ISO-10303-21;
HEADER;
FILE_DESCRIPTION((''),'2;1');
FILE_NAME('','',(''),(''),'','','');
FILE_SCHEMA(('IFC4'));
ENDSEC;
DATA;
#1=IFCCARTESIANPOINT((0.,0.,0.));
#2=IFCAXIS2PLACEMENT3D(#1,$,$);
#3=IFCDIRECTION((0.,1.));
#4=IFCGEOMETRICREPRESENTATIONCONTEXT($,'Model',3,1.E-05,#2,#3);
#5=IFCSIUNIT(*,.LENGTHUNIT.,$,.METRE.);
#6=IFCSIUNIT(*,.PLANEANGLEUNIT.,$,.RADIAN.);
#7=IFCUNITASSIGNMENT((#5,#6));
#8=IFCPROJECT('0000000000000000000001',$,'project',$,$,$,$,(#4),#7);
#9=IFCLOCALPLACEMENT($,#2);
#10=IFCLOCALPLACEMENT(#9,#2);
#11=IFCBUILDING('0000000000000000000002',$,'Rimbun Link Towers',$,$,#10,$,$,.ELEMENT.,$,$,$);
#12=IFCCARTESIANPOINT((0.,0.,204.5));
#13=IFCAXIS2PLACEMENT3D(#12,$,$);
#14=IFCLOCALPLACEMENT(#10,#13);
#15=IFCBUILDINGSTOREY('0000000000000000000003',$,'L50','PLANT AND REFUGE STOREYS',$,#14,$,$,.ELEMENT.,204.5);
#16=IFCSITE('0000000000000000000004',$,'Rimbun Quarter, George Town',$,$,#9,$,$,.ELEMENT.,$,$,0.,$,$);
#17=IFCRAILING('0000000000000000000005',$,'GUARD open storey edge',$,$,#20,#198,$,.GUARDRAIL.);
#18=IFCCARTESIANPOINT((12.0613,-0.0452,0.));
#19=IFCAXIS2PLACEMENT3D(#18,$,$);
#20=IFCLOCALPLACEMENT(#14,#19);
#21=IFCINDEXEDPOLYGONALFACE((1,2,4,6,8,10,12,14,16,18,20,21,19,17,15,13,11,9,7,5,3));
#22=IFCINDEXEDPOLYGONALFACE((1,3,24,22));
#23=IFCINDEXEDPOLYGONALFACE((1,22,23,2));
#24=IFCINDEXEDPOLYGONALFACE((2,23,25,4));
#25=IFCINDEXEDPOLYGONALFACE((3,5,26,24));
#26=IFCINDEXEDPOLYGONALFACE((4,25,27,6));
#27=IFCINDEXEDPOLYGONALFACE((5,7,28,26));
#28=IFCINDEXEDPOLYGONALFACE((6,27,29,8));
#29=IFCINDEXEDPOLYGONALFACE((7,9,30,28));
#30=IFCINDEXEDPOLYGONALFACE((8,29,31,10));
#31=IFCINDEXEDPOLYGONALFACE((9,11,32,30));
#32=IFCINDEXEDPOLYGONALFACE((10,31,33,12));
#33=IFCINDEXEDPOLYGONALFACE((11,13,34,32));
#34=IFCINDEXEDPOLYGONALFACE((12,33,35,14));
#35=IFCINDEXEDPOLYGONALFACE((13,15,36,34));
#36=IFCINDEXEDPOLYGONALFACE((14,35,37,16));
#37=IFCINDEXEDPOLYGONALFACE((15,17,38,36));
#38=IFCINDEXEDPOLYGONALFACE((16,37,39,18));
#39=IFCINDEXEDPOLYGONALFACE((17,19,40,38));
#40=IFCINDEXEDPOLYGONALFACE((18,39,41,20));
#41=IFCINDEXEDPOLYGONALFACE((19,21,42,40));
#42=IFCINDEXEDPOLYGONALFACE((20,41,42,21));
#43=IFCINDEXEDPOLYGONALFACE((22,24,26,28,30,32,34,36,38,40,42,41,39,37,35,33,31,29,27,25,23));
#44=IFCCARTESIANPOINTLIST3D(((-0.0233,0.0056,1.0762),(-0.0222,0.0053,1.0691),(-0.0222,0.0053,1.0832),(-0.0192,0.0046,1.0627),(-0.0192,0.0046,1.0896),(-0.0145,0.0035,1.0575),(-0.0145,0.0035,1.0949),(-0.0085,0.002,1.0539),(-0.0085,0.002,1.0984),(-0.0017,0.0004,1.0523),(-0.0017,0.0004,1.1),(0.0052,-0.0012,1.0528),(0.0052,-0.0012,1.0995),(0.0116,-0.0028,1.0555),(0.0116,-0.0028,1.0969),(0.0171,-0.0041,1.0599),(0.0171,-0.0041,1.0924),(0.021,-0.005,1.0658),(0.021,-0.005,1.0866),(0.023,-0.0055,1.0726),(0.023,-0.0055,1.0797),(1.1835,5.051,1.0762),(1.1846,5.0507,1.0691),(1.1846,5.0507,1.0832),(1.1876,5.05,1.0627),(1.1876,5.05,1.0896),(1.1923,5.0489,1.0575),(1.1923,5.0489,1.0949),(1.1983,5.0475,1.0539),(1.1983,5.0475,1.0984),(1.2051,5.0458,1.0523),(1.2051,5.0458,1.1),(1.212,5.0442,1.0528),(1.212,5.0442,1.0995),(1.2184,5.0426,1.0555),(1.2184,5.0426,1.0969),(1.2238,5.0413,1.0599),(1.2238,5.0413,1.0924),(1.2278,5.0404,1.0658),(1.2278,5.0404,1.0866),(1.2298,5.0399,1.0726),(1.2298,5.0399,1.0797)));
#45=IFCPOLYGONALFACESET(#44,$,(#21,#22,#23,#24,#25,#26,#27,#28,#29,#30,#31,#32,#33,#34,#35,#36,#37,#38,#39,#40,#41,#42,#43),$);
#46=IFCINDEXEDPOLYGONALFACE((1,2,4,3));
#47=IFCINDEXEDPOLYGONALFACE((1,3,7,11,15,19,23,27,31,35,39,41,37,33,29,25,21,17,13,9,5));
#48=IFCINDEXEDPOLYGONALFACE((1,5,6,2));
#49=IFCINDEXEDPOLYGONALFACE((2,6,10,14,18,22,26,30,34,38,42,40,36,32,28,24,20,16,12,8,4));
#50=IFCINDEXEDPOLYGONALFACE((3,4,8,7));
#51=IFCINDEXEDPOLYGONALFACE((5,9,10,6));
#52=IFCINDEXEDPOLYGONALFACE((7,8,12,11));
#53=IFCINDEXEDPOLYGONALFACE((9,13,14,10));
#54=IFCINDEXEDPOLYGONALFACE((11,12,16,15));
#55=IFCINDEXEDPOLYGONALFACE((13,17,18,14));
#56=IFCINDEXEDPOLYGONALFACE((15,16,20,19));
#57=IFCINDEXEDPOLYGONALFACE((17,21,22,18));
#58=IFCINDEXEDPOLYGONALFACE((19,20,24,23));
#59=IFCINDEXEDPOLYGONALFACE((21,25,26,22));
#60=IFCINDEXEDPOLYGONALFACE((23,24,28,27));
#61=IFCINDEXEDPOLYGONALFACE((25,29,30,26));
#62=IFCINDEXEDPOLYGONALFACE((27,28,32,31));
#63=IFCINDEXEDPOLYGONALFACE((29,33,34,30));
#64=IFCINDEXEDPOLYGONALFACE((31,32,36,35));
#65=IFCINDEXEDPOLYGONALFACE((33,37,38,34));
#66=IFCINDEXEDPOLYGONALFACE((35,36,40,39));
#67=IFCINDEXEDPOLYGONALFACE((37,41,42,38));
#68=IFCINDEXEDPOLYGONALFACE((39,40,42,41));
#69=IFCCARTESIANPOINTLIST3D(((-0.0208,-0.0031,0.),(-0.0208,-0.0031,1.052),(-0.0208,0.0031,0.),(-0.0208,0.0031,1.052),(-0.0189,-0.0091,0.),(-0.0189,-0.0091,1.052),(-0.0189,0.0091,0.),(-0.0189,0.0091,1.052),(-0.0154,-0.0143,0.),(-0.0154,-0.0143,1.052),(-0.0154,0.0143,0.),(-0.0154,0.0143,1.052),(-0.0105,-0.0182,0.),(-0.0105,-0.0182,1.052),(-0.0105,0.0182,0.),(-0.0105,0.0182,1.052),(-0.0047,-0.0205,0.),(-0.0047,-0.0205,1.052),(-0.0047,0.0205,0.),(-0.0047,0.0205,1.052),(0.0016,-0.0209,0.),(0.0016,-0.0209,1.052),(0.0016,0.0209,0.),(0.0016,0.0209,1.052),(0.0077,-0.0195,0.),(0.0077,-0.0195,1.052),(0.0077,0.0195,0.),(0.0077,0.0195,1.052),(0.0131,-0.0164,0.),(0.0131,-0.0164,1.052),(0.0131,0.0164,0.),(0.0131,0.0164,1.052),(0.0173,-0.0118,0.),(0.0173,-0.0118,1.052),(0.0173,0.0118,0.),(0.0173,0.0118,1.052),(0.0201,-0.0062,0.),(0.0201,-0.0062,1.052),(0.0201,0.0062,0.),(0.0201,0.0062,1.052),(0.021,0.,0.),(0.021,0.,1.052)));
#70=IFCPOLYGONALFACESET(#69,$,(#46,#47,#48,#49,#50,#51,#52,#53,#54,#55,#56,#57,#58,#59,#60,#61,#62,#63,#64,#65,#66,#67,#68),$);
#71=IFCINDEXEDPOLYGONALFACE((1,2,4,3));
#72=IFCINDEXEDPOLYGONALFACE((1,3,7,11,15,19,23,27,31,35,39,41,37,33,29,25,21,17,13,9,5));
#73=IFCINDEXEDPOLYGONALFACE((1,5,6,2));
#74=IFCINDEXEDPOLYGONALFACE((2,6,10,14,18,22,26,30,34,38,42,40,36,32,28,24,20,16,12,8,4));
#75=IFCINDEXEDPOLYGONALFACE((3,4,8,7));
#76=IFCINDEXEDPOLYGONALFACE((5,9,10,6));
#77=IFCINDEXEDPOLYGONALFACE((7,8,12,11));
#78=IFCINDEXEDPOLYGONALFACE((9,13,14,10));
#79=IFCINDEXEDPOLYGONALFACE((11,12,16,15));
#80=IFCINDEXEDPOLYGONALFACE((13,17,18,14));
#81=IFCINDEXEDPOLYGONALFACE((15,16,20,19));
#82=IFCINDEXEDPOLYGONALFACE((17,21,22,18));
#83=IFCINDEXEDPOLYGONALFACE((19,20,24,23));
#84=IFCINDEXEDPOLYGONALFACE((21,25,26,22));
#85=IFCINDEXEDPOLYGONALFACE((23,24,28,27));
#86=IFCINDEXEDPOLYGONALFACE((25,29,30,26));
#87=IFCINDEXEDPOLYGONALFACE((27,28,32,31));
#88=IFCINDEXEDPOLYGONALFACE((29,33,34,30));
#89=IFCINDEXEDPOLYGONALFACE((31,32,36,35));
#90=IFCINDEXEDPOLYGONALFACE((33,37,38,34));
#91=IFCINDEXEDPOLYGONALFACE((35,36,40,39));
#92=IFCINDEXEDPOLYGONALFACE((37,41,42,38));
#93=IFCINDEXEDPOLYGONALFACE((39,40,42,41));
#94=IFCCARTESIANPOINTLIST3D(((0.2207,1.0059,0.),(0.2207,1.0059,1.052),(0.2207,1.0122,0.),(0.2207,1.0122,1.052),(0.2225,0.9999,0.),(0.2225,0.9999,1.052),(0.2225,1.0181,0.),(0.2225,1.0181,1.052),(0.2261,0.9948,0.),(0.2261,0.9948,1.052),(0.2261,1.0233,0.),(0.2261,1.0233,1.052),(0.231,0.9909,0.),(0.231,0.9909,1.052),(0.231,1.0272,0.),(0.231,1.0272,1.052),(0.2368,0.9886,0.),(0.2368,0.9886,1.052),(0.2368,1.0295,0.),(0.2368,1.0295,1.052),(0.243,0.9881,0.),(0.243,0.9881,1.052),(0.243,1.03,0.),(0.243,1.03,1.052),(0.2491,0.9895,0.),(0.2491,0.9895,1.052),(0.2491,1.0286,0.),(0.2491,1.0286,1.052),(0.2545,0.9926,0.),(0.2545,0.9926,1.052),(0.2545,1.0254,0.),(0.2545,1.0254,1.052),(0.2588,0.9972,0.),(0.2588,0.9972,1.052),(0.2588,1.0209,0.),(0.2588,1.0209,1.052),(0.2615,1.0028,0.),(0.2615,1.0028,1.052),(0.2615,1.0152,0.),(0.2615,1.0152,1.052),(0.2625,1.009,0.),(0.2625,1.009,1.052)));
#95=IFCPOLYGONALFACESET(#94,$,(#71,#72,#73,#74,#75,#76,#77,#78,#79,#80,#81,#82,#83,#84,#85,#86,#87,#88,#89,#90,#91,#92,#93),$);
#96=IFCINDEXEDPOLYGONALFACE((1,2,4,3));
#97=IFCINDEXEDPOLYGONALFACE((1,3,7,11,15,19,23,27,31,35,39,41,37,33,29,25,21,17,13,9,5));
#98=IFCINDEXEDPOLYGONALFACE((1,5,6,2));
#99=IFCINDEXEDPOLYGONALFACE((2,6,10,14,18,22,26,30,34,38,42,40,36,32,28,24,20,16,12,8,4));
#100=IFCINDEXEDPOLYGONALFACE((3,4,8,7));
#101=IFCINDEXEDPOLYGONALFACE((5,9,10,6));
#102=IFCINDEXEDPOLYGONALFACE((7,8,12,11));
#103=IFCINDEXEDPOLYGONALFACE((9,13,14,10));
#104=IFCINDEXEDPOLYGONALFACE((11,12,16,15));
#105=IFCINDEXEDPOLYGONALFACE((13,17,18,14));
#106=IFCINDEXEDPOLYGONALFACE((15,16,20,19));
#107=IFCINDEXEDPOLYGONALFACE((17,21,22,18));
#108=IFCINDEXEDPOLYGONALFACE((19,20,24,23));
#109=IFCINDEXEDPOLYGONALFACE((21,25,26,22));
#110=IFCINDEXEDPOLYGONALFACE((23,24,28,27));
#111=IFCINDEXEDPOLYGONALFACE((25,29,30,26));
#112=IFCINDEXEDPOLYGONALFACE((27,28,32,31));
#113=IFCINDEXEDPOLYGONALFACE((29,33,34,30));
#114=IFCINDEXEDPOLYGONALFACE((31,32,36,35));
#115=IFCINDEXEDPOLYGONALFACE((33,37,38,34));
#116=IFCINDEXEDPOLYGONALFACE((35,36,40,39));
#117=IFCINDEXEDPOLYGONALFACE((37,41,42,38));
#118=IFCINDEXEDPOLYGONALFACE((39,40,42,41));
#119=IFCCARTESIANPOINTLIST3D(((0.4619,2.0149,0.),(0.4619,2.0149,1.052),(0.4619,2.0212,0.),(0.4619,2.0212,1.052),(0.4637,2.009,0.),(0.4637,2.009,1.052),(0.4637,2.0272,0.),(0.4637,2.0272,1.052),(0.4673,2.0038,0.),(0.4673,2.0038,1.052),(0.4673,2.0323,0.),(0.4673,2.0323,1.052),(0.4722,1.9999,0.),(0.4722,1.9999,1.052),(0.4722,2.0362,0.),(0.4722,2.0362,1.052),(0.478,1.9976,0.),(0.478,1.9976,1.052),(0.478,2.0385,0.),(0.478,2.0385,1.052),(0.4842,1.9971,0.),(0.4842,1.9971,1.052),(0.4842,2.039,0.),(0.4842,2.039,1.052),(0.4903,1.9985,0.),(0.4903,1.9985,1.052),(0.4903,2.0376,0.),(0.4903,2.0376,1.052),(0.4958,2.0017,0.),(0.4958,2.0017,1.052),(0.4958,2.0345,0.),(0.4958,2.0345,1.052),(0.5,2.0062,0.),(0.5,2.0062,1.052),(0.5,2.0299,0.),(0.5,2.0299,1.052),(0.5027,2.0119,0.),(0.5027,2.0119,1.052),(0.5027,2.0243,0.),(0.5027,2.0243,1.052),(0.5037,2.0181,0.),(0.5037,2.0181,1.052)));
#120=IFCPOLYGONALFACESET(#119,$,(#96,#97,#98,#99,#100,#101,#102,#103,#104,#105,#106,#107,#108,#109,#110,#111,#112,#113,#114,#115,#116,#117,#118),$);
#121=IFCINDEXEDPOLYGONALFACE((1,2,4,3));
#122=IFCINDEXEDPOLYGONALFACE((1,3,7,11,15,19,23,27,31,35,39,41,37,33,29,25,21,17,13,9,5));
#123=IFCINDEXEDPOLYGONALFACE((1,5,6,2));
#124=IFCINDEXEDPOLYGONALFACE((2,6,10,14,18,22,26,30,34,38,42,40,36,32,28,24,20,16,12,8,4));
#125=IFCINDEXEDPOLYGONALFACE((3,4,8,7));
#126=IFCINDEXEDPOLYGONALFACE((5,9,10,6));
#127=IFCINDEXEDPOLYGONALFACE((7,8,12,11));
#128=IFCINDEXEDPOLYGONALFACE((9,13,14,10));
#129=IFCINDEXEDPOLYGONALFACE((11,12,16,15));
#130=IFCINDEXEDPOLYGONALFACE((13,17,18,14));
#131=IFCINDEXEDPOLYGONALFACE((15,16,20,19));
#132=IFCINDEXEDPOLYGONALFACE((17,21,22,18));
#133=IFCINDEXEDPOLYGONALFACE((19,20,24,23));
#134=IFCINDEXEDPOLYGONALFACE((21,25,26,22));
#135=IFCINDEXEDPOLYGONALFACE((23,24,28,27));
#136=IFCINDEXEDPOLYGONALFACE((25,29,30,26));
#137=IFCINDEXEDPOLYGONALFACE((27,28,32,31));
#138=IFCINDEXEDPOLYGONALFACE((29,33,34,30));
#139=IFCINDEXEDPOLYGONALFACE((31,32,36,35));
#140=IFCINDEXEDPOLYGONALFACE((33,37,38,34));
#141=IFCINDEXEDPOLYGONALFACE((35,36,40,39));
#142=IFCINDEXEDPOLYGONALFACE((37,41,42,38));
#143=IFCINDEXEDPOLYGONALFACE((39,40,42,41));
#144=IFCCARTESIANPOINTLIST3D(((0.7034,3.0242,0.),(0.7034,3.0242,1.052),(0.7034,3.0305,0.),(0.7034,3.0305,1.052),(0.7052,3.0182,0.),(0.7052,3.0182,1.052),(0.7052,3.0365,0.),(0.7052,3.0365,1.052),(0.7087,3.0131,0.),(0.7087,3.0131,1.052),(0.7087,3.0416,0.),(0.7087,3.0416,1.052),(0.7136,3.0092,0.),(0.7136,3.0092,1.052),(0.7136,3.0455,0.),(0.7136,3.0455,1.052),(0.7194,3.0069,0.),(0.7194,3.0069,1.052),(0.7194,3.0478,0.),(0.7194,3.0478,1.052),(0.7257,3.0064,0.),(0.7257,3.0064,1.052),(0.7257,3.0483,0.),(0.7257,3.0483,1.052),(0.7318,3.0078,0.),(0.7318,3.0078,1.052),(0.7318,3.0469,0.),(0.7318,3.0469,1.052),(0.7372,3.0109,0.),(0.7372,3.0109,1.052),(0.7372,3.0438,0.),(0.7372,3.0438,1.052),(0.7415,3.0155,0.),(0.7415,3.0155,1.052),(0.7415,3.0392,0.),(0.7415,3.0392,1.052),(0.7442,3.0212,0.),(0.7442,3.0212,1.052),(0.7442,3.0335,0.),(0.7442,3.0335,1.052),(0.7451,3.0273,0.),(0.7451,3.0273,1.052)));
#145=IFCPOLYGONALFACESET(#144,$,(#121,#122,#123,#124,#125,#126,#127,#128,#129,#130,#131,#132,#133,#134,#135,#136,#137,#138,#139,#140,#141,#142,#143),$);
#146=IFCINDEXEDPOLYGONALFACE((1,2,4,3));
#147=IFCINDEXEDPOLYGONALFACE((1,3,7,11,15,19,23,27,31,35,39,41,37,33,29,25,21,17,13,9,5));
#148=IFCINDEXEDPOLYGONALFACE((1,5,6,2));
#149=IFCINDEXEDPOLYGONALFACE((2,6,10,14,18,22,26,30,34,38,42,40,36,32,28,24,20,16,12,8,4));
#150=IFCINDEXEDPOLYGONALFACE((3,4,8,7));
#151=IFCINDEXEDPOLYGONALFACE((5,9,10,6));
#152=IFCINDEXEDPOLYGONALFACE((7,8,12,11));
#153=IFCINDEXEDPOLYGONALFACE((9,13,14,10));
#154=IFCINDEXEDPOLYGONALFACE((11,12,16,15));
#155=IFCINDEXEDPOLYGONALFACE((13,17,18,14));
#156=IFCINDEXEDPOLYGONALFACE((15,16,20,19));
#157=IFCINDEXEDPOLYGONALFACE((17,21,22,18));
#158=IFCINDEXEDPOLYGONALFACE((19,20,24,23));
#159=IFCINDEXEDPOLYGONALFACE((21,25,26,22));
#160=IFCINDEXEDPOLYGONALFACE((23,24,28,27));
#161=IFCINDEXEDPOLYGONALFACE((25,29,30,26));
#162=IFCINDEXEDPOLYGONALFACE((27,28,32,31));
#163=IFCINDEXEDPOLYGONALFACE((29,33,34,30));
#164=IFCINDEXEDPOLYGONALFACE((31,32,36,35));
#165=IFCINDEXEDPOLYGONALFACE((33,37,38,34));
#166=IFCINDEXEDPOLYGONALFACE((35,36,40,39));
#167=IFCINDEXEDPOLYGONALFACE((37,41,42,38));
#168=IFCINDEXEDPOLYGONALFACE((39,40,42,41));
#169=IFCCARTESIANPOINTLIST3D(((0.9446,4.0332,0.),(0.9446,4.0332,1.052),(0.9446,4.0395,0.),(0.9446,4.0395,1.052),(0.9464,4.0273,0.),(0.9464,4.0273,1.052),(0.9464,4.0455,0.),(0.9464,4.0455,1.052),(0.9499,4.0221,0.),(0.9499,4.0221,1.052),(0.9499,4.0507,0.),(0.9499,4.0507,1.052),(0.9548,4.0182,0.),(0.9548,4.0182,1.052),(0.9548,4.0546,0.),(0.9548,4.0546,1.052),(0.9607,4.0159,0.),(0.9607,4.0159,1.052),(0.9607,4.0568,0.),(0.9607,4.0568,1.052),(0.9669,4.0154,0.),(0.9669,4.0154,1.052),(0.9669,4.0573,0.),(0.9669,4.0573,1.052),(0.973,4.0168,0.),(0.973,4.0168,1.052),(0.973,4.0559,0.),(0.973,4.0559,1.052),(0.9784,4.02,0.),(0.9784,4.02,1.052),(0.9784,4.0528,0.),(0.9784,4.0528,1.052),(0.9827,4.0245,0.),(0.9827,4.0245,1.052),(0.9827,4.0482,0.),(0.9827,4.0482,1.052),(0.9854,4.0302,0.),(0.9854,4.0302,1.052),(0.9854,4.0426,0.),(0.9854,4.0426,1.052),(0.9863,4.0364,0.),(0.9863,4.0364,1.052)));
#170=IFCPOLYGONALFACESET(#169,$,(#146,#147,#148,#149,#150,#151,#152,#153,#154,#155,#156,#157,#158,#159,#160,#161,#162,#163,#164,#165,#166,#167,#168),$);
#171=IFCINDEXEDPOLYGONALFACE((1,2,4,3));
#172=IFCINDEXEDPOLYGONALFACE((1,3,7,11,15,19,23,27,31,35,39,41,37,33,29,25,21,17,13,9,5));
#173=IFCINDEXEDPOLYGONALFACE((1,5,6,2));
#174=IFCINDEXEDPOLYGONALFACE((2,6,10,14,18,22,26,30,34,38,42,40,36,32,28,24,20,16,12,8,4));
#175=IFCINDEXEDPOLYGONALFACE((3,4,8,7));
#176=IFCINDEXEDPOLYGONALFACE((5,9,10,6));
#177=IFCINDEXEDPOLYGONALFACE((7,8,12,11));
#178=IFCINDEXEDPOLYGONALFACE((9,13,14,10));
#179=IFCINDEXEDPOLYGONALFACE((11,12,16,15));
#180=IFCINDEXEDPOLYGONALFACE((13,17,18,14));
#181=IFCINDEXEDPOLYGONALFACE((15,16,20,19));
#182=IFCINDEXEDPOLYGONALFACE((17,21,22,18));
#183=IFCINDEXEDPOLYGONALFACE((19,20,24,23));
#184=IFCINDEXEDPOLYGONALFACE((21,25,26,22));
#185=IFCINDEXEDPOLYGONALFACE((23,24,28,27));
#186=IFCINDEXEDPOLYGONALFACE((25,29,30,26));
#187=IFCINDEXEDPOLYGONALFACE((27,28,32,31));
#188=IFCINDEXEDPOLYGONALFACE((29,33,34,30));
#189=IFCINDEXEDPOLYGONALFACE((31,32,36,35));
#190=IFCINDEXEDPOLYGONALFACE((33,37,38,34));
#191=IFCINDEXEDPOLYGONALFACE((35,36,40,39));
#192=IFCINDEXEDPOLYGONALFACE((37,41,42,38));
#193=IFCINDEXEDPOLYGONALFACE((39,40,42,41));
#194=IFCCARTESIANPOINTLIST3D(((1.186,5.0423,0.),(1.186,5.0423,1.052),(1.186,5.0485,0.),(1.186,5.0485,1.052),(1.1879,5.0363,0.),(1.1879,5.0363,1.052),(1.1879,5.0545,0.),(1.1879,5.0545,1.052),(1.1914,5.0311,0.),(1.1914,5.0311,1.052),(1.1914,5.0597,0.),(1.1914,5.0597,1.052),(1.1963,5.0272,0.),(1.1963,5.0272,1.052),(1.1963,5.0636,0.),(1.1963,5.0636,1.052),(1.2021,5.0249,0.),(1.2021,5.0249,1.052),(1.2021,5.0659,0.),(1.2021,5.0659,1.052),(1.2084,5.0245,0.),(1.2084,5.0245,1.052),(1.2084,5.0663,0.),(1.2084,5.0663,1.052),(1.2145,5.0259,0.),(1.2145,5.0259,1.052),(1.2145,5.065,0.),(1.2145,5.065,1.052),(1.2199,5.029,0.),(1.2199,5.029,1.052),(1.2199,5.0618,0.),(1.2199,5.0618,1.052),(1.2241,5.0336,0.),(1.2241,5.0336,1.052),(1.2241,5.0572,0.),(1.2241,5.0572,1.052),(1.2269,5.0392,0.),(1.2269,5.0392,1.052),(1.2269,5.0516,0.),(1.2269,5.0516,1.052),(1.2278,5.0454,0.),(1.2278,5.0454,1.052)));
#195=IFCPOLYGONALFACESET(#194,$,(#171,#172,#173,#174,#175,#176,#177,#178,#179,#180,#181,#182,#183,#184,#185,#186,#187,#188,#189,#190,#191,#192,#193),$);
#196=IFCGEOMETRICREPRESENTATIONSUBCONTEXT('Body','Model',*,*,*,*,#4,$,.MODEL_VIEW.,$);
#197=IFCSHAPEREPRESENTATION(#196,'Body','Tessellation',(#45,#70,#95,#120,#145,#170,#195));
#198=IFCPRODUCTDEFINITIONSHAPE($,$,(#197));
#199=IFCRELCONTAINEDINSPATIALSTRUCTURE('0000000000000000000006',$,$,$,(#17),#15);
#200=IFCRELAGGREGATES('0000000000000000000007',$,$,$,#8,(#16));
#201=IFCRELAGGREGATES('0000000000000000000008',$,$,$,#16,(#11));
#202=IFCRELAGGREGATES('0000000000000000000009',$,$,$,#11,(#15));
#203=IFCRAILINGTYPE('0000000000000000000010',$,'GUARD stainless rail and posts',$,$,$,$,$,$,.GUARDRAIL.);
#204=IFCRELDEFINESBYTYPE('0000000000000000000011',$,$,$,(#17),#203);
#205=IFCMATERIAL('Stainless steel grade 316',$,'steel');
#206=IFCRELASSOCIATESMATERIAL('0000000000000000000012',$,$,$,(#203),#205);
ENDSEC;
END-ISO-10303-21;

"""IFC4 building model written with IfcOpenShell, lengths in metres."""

from ifc_helpers import new_model, si_unit, direction, frame, origin, origin_2d, place, context, subcontext, project, spatial, circle, extrude, material, type_object, element, save


model = new_model("IFC4")

# Units and contexts
model_context = context("Model", 3, precision=1e-05, world=origin(), true_north=direction((0.0, 1.0)))
body_context = subcontext(model_context, "Body", "Model", "MODEL_VIEW")
ifc_project = project(units=[si_unit("LENGTHUNIT", "METRE"), si_unit("PLANEANGLEUNIT", "RADIAN")], contexts=[model_context])

# Site, building, storey
site_placement = place(None, origin())
site = spatial("IfcSite", under=ifc_project, at=site_placement, Name="Rimbun Quarter, George Town", CompositionType="ELEMENT", RefElevation=0.0)
building_placement = place(site_placement, origin())
building = spatial("IfcBuilding", under=site, at=building_placement, Name="Rimbun Link Towers", CompositionType="ELEMENT")
storey_placement = place(building_placement, frame((0.0, 0.0, 204.5)))
storey = spatial("IfcBuildingStorey", under=building, at=storey_placement, Name="L50", Description="PLANT AND REFUGE STOREYS", CompositionType="ELEMENT", Elevation=204.5)

# Railing
ifc_material_1 = material(Name="Stainless steel grade 316", Category="steel")
railing_type = type_object("IfcRailingType", Name="GUARD stainless rail and posts", PredefinedType="GUARDRAIL", material=ifc_material_1)
railing_1_placement = place(storey_placement, frame((12.0613, -0.0452, 0.0)))
element("IfcRailing", 1, at=railing_1_placement, inside=storey, type_object=railing_type, Name="GUARD open storey edge", PredefinedType="GUARDRAIL", context=body_context, shape_type="SweptSolid", body=[
    extrude(circle(Radius=0.0239, at=origin_2d()), frame((0.0, 0.0, 1.0762), z_axis=(0.232624, 0.972567, 0.0), x_axis=(-0.972567, 0.232624, 0.0)), (0.0, 0.0, 1.0), 5.1877),
    extrude(circle(Radius=0.021, at=origin_2d()), origin(), (0.0, 0.0, 1.0), 1.052),
    extrude(circle(Radius=0.021, at=origin_2d()), frame((0.2415, 1.009, 0.0)), (0.0, 0.0, 1.0), 1.052),
    extrude(circle(Radius=0.021, at=origin_2d()), frame((0.4827, 2.0181, 0.0)), (0.0, 0.0, 1.0), 1.052),
    extrude(circle(Radius=0.021, at=origin_2d()), frame((0.7241, 3.0273, 0.0)), (0.0, 0.0, 1.0), 1.052),
    extrude(circle(Radius=0.021, at=origin_2d()), frame((0.9653, 4.0364, 0.0)), (0.0, 0.0, 1.0), 1.052),
    extrude(circle(Radius=0.021, at=origin_2d()), frame((1.2068, 5.0454, 0.0)), (0.0, 0.0, 1.0), 1.052),
])

save(model, "model.ifc")
